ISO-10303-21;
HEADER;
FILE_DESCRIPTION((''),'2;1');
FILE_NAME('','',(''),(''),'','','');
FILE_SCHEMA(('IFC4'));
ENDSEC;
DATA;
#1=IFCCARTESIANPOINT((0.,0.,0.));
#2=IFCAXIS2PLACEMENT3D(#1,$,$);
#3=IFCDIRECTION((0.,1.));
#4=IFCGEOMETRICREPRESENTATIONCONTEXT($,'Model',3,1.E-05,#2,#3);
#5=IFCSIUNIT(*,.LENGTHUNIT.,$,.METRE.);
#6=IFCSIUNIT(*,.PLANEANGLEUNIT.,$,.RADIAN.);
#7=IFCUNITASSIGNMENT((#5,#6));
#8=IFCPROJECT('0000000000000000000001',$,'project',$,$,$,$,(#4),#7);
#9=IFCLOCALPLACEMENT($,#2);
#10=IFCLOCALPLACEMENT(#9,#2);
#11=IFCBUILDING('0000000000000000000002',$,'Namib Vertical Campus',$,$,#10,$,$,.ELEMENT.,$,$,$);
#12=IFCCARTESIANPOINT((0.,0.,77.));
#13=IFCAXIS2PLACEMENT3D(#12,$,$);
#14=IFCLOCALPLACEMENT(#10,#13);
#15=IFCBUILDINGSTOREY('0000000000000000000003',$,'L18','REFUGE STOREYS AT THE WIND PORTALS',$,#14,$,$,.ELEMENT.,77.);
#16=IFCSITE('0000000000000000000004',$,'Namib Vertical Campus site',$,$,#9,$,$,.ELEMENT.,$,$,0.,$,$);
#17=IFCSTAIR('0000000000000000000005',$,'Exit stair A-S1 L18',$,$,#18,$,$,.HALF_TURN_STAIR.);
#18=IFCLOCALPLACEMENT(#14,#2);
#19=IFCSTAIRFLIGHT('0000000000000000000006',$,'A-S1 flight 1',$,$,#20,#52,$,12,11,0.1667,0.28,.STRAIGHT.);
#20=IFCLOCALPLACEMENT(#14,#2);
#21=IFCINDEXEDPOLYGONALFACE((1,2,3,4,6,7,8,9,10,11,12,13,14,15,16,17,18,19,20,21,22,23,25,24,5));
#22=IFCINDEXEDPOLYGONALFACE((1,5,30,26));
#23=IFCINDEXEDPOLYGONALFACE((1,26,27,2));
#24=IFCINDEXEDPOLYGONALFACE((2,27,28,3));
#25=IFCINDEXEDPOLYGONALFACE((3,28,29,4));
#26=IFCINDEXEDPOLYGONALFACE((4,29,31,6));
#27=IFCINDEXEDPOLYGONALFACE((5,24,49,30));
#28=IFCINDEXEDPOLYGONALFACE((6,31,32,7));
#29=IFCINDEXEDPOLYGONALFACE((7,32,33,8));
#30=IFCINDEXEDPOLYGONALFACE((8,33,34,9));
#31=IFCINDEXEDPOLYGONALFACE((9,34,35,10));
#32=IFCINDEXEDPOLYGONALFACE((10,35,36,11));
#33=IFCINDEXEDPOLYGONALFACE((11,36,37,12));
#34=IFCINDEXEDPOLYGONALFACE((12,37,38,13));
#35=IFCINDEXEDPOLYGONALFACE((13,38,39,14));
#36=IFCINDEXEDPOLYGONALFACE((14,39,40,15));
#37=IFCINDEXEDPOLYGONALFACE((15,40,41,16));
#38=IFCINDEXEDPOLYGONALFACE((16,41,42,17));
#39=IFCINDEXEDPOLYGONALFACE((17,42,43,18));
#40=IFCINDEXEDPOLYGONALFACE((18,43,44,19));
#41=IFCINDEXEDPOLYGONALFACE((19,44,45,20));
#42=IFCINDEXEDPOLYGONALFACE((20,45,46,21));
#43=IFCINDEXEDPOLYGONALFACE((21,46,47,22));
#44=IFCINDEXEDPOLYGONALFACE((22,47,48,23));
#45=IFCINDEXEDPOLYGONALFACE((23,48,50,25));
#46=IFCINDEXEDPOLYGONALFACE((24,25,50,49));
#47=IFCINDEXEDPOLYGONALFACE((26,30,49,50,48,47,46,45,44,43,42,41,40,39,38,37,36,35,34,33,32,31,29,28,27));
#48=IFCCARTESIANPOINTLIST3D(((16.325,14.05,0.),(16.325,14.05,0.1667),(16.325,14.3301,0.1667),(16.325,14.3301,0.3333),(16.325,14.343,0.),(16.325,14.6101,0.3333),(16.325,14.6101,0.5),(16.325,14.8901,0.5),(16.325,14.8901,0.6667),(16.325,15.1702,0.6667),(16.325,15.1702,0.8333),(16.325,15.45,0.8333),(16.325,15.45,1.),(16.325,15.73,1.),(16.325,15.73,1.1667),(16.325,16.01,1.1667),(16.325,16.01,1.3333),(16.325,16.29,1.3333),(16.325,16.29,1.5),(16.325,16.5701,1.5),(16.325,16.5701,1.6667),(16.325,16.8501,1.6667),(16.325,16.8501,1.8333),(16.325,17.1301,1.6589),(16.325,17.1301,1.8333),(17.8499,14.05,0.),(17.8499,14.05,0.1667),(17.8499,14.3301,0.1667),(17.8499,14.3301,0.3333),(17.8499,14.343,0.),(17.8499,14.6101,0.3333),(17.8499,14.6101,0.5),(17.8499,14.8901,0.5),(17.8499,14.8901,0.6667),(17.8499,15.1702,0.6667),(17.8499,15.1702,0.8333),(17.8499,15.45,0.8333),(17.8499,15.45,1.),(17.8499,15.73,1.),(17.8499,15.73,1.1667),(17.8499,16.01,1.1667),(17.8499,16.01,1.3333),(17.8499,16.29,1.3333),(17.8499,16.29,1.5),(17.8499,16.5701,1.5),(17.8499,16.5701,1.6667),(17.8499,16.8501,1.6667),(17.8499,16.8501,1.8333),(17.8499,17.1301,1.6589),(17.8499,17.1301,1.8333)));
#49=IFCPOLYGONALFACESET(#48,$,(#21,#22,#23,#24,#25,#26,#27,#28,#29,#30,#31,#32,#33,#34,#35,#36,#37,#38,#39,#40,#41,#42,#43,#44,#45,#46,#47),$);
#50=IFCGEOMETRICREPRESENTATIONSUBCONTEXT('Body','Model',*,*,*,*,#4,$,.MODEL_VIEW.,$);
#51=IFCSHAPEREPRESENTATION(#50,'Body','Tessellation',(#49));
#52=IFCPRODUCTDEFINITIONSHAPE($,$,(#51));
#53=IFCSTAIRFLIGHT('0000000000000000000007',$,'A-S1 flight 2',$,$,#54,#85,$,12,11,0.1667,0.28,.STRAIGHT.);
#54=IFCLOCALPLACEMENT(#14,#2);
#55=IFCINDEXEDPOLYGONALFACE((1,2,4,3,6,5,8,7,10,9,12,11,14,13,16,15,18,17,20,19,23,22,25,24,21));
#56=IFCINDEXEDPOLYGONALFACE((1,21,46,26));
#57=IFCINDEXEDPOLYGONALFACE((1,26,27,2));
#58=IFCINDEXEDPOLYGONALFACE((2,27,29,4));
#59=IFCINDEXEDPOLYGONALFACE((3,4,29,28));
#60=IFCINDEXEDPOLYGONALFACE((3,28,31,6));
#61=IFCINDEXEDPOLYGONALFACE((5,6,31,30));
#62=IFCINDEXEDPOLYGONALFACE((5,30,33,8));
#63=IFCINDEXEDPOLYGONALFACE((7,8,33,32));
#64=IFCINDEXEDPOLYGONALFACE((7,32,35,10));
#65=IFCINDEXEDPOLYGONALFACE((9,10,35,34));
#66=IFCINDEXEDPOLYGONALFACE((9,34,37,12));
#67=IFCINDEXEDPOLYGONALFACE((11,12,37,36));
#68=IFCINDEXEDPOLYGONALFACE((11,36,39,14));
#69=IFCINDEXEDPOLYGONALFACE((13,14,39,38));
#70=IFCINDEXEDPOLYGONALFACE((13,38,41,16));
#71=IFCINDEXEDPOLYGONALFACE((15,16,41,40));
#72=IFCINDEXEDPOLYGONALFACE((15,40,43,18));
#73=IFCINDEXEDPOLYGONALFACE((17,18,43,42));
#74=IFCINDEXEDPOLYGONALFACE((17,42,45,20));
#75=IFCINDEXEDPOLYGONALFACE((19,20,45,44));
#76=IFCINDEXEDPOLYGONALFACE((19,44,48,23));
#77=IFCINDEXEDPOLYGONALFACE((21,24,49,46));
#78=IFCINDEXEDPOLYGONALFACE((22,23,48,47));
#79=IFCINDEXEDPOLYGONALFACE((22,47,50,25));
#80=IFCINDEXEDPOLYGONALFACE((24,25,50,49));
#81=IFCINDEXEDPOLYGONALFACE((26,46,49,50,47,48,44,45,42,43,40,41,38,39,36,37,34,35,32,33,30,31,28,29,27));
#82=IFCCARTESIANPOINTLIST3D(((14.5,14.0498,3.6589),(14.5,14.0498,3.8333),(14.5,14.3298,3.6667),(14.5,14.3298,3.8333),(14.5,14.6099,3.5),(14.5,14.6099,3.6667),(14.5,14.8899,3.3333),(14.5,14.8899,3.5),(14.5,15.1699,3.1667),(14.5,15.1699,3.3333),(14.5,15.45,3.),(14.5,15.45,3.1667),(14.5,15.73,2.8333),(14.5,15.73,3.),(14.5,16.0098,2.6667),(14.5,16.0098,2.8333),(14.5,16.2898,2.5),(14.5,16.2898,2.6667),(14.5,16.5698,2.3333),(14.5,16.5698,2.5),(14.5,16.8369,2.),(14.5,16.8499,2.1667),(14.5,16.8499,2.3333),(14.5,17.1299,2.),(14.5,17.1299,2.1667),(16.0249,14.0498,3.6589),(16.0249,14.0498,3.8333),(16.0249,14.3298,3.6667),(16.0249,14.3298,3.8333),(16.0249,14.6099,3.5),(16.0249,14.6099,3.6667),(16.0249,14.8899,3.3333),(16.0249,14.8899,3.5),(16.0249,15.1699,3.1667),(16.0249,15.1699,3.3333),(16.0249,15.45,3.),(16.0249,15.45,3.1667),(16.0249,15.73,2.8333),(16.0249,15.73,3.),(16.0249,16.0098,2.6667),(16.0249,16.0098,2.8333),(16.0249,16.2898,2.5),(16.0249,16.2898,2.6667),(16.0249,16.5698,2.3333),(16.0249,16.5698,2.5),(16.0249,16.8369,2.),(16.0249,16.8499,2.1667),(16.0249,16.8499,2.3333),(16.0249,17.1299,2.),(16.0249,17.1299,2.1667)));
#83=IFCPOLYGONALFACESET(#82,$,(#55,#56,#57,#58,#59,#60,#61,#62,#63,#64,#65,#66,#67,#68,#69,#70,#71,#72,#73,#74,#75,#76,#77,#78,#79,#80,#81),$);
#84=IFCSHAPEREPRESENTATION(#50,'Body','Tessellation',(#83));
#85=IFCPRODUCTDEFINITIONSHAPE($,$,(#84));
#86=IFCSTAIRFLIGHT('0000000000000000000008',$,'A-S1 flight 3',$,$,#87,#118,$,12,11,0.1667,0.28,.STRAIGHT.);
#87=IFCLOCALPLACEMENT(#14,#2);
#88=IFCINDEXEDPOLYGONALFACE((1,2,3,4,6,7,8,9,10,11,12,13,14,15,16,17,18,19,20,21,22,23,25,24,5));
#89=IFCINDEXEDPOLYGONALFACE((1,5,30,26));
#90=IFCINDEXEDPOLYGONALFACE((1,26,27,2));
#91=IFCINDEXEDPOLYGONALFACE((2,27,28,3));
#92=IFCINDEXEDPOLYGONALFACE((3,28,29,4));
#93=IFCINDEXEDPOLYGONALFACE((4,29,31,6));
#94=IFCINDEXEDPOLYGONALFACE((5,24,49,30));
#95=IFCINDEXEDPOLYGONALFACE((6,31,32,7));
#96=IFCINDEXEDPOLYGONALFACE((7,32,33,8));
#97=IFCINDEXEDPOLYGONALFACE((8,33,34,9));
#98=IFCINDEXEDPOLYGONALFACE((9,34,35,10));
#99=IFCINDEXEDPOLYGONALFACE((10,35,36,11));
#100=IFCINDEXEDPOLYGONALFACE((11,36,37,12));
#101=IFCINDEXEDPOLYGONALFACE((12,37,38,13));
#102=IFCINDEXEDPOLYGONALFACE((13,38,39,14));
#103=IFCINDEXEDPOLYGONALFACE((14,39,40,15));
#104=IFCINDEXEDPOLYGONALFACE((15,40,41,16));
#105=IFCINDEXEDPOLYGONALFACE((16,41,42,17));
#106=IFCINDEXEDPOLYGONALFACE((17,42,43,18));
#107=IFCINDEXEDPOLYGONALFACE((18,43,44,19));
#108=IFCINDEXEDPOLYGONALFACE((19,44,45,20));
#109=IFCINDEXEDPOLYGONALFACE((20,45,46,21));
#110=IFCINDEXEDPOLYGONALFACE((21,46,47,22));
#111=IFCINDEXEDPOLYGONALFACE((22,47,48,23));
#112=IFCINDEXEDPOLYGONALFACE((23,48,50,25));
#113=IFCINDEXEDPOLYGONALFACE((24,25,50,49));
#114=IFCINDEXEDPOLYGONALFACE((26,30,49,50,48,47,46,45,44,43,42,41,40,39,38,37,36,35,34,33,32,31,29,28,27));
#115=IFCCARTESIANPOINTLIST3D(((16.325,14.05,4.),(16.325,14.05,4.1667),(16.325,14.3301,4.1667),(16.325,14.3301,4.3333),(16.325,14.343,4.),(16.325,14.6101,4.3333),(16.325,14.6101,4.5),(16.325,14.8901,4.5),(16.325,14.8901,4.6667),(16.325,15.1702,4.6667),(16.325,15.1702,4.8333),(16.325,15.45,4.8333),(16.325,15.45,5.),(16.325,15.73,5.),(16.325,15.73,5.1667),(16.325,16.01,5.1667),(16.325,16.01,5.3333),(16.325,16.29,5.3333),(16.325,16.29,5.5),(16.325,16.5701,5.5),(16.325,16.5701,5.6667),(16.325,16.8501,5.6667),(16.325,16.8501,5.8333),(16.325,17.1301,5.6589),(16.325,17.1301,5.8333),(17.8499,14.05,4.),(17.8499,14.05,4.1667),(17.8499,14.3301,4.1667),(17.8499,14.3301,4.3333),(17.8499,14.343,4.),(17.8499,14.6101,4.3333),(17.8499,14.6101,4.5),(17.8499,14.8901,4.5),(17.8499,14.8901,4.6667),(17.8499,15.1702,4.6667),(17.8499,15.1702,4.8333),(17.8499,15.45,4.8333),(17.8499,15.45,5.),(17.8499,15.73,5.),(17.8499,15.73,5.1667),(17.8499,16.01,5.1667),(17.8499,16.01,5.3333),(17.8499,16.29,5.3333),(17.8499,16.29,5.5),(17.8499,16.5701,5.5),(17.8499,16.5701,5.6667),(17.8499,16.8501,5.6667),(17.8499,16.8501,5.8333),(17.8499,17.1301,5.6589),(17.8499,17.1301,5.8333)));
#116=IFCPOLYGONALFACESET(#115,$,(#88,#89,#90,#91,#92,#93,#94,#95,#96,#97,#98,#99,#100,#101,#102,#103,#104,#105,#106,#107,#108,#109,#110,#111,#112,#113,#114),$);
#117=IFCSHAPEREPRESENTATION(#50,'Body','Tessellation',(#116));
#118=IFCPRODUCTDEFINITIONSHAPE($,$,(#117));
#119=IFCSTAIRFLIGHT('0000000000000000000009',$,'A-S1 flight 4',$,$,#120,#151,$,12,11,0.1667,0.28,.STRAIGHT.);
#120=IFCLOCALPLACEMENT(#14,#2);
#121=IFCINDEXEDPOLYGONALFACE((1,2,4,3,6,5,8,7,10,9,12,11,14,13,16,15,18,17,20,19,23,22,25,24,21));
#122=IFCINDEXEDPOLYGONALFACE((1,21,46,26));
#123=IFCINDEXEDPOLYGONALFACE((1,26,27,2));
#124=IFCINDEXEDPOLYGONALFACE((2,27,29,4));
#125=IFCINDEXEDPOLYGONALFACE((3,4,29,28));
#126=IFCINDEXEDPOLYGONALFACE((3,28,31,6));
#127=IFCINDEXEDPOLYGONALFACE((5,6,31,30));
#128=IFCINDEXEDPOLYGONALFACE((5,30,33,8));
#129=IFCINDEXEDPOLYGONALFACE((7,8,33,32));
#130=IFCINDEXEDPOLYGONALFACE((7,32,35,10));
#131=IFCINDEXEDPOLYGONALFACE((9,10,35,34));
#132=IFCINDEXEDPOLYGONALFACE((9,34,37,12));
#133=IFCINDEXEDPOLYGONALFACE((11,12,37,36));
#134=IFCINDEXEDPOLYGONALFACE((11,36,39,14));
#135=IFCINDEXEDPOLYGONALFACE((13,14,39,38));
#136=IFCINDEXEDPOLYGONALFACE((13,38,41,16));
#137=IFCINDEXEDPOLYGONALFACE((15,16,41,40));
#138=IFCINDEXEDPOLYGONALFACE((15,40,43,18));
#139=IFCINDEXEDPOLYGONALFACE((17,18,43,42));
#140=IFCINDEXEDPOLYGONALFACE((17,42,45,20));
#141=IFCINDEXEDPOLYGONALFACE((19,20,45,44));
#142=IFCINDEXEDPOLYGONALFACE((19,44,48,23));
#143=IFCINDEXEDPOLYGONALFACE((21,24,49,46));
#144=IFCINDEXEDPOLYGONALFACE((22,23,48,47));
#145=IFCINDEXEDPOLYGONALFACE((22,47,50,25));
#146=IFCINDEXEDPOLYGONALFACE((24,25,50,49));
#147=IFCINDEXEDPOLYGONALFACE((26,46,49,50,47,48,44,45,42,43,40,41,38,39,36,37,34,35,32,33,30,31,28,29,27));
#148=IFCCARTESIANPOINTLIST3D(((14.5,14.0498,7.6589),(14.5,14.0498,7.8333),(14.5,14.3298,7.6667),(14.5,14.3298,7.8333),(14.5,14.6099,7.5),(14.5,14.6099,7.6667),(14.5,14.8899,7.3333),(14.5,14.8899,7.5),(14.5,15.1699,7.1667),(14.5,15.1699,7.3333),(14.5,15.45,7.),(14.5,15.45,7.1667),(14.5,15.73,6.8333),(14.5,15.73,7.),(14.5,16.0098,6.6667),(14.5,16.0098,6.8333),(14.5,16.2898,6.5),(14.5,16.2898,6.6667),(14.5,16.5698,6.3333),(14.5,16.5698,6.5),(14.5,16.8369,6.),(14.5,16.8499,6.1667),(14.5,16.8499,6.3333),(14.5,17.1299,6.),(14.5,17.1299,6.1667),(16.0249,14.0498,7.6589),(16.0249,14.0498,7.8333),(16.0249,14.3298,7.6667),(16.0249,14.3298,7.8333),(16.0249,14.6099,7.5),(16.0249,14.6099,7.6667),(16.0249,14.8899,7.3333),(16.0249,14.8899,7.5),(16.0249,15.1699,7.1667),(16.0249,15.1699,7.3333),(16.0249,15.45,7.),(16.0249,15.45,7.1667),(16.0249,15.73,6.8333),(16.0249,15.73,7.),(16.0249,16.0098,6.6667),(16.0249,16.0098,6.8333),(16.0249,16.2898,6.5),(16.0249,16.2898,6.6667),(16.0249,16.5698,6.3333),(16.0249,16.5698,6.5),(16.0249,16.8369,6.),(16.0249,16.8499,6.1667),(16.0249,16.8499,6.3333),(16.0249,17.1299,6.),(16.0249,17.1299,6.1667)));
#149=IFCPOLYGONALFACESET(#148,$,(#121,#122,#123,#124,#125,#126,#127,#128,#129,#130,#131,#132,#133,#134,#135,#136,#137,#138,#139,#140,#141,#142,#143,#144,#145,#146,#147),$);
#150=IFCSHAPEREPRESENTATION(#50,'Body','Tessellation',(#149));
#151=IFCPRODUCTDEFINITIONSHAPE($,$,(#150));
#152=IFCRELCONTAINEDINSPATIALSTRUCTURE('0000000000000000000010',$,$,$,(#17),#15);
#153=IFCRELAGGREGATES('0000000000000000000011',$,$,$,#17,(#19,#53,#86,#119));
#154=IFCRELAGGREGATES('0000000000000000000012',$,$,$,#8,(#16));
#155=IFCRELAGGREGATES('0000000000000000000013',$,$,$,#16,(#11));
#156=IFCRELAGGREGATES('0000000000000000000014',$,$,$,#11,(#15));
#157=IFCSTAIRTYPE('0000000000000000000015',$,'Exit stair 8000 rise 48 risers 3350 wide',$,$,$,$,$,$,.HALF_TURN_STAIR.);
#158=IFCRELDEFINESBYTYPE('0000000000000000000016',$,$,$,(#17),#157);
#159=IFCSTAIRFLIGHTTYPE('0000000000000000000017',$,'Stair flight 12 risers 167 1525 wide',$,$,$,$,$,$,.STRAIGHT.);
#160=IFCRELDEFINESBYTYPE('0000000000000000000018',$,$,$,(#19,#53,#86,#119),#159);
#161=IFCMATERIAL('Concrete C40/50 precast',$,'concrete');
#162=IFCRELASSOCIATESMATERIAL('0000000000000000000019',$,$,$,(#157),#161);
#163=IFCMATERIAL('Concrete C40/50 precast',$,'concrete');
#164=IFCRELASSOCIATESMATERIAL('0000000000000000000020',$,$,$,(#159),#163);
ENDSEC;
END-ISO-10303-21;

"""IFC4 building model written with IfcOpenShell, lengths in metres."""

from ifc_helpers import new_model, si_unit, direction, frame, origin, place, context, subcontext, project, spatial, polyline, outline, extrude, material, type_object, element, aggregate, save


model = new_model("IFC4")

# Units and contexts
model_context = context("Model", 3, precision=1e-05, world=origin(), true_north=direction((0.0, 1.0)))
body_context = subcontext(model_context, "Body", "Model", "MODEL_VIEW")
ifc_project = project(units=[si_unit("LENGTHUNIT", "METRE"), si_unit("PLANEANGLEUNIT", "RADIAN")], contexts=[model_context])

# Site, building, storey
site_placement = place(None, origin())
site = spatial("IfcSite", under=ifc_project, at=site_placement, Name="Namib Vertical Campus site", CompositionType="ELEMENT", RefElevation=0.0)
building_placement = place(site_placement, origin())
building = spatial("IfcBuilding", under=site, at=building_placement, Name="Namib Vertical Campus", CompositionType="ELEMENT")
storey_placement = place(building_placement, frame((0.0, 0.0, 77.0)))
storey = spatial("IfcBuildingStorey", under=building, at=storey_placement, Name="L18", Description="REFUGE STOREYS AT THE WIND PORTALS", CompositionType="ELEMENT", Elevation=77.0)

# Stair, stair flights
ifc_material_1 = material(Name="Concrete C40/50 precast", Category="concrete")
stair_type = type_object("IfcStairType", Name="Exit stair 8000 rise 48 risers 3350 wide", PredefinedType="HALF_TURN_STAIR", material=ifc_material_1)
stair_placement = place(storey_placement, origin())
stair = element("IfcStair", 1, at=stair_placement, inside=storey, type_object=stair_type, Name="Exit stair A-S1 L18", PredefinedType="HALF_TURN_STAIR")
ifc_material_2 = material(Name="Concrete C40/50 precast", Category="concrete")
stair_flight_type = type_object("IfcStairFlightType", Name="Stair flight 12 risers 167 1525 wide", PredefinedType="STRAIGHT", material=ifc_material_2)
stair_flight_1_placement = place(storey_placement, frame((17.0874, 14.05, 0.0), z_axis=(0.0, 0.0, 1.0), x_axis=(0.0, 1.0, 0.0)))
stair_flight_1 = element("IfcStairFlight", 2, at=stair_flight_1_placement, type_object=stair_flight_type, Name="A-S1 flight 1", NumberOfRisers=12, NumberOfTreads=11, PredefinedType="STRAIGHT", RiserHeight=0.1667, TreadLength=0.28, context=body_context, shape_type="SweptSolid", body=[
    extrude(outline(polyline([(0.0, 0.0), (0.0, 0.1667), (0.28, 0.1667), (0.28, 0.3333), (0.5601, 0.3333), (0.5601, 0.5), (0.8401, 0.5), (0.8401, 0.6667), (1.1201, 0.6667), (1.1201, 0.8333), (1.3999, 0.8333), (1.3999, 1.0), (1.6799, 1.0), (1.6799, 1.1667), (1.96, 1.1667), (1.96, 1.3333), (2.24, 1.3333), (2.24, 1.5), (2.52, 1.5), (2.52, 1.6667), (2.8, 1.6667), (2.8, 1.8333), (3.0801, 1.8333), (3.0801, 2.0), (3.0801, 1.6589), (0.293, 0.0), (0.0, 0.0)])), frame((0.0, 0.7625, 0.0), z_axis=(0.0, -1.0, 0.0), x_axis=(1.0, 0.0, 0.0)), (0.0, 0.0, 1.0), 1.5249),
])
stair_flight_2_placement = place(storey_placement, frame((15.2625, 17.1299, 2.0), z_axis=(0.0, 0.0, 1.0), x_axis=(0.0, -1.0, 0.0)))
stair_flight_2 = element("IfcStairFlight", 3, at=stair_flight_2_placement, type_object=stair_flight_type, Name="A-S1 flight 2", NumberOfRisers=12, NumberOfTreads=11, PredefinedType="STRAIGHT", RiserHeight=0.1667, TreadLength=0.28, context=body_context, shape_type="SweptSolid", body=[
    extrude(outline(polyline([(0.0, 0.0), (0.0, 0.1667), (0.28, 0.1667), (0.28, 0.3333), (0.5601, 0.3333), (0.5601, 0.5), (0.8401, 0.5), (0.8401, 0.6667), (1.1201, 0.6667), (1.1201, 0.8333), (1.3999, 0.8333), (1.3999, 1.0), (1.6799, 1.0), (1.6799, 1.1667), (1.96, 1.1667), (1.96, 1.3333), (2.24, 1.3333), (2.24, 1.5), (2.52, 1.5), (2.52, 1.6667), (2.8, 1.6667), (2.8, 1.8333), (3.0801, 1.8333), (3.0801, 2.0), (3.0801, 1.6589), (0.293, 0.0), (0.0, 0.0)])), frame((0.0, 0.7625, 0.0), z_axis=(0.0, -1.0, 0.0), x_axis=(1.0, 0.0, 0.0)), (0.0, 0.0, 1.0), 1.5249),
])
stair_flight_3_placement = place(storey_placement, frame((17.0874, 14.05, 4.0), z_axis=(0.0, 0.0, 1.0), x_axis=(0.0, 1.0, 0.0)))
stair_flight_3 = element("IfcStairFlight", 4, at=stair_flight_3_placement, type_object=stair_flight_type, Name="A-S1 flight 3", NumberOfRisers=12, NumberOfTreads=11, PredefinedType="STRAIGHT", RiserHeight=0.1667, TreadLength=0.28, context=body_context, shape_type="SweptSolid", body=[
    extrude(outline(polyline([(0.0, 0.0), (0.0, 0.1667), (0.28, 0.1667), (0.28, 0.3333), (0.5601, 0.3333), (0.5601, 0.5), (0.8401, 0.5), (0.8401, 0.6667), (1.1201, 0.6667), (1.1201, 0.8333), (1.3999, 0.8333), (1.3999, 1.0), (1.6799, 1.0), (1.6799, 1.1667), (1.96, 1.1667), (1.96, 1.3333), (2.24, 1.3333), (2.24, 1.5), (2.52, 1.5), (2.52, 1.6667), (2.8, 1.6667), (2.8, 1.8333), (3.0801, 1.8333), (3.0801, 2.0), (3.0801, 1.6589), (0.293, 0.0), (0.0, 0.0)])), frame((0.0, 0.7625, 0.0), z_axis=(0.0, -1.0, 0.0), x_axis=(1.0, 0.0, 0.0)), (0.0, 0.0, 1.0), 1.5249),
])
stair_flight_4_placement = place(storey_placement, frame((15.2625, 17.1299, 6.0), z_axis=(0.0, 0.0, 1.0), x_axis=(0.0, -1.0, 0.0)))
stair_flight_4 = element("IfcStairFlight", 5, at=stair_flight_4_placement, type_object=stair_flight_type, Name="A-S1 flight 4", NumberOfRisers=12, NumberOfTreads=11, PredefinedType="STRAIGHT", RiserHeight=0.1667, TreadLength=0.28, context=body_context, shape_type="SweptSolid", body=[
    extrude(outline(polyline([(0.0, 0.0), (0.0, 0.1667), (0.28, 0.1667), (0.28, 0.3333), (0.5601, 0.3333), (0.5601, 0.5), (0.8401, 0.5), (0.8401, 0.6667), (1.1201, 0.6667), (1.1201, 0.8333), (1.3999, 0.8333), (1.3999, 1.0), (1.6799, 1.0), (1.6799, 1.1667), (1.96, 1.1667), (1.96, 1.3333), (2.24, 1.3333), (2.24, 1.5), (2.52, 1.5), (2.52, 1.6667), (2.8, 1.6667), (2.8, 1.8333), (3.0801, 1.8333), (3.0801, 2.0), (3.0801, 1.6589), (0.293, 0.0), (0.0, 0.0)])), frame((0.0, 0.7625, 0.0), z_axis=(0.0, -1.0, 0.0), x_axis=(1.0, 0.0, 0.0)), (0.0, 0.0, 1.0), 1.5249),
])
aggregate(stair, [stair_flight_1, stair_flight_2, stair_flight_3, stair_flight_4])

save(model, "model.ifc")
